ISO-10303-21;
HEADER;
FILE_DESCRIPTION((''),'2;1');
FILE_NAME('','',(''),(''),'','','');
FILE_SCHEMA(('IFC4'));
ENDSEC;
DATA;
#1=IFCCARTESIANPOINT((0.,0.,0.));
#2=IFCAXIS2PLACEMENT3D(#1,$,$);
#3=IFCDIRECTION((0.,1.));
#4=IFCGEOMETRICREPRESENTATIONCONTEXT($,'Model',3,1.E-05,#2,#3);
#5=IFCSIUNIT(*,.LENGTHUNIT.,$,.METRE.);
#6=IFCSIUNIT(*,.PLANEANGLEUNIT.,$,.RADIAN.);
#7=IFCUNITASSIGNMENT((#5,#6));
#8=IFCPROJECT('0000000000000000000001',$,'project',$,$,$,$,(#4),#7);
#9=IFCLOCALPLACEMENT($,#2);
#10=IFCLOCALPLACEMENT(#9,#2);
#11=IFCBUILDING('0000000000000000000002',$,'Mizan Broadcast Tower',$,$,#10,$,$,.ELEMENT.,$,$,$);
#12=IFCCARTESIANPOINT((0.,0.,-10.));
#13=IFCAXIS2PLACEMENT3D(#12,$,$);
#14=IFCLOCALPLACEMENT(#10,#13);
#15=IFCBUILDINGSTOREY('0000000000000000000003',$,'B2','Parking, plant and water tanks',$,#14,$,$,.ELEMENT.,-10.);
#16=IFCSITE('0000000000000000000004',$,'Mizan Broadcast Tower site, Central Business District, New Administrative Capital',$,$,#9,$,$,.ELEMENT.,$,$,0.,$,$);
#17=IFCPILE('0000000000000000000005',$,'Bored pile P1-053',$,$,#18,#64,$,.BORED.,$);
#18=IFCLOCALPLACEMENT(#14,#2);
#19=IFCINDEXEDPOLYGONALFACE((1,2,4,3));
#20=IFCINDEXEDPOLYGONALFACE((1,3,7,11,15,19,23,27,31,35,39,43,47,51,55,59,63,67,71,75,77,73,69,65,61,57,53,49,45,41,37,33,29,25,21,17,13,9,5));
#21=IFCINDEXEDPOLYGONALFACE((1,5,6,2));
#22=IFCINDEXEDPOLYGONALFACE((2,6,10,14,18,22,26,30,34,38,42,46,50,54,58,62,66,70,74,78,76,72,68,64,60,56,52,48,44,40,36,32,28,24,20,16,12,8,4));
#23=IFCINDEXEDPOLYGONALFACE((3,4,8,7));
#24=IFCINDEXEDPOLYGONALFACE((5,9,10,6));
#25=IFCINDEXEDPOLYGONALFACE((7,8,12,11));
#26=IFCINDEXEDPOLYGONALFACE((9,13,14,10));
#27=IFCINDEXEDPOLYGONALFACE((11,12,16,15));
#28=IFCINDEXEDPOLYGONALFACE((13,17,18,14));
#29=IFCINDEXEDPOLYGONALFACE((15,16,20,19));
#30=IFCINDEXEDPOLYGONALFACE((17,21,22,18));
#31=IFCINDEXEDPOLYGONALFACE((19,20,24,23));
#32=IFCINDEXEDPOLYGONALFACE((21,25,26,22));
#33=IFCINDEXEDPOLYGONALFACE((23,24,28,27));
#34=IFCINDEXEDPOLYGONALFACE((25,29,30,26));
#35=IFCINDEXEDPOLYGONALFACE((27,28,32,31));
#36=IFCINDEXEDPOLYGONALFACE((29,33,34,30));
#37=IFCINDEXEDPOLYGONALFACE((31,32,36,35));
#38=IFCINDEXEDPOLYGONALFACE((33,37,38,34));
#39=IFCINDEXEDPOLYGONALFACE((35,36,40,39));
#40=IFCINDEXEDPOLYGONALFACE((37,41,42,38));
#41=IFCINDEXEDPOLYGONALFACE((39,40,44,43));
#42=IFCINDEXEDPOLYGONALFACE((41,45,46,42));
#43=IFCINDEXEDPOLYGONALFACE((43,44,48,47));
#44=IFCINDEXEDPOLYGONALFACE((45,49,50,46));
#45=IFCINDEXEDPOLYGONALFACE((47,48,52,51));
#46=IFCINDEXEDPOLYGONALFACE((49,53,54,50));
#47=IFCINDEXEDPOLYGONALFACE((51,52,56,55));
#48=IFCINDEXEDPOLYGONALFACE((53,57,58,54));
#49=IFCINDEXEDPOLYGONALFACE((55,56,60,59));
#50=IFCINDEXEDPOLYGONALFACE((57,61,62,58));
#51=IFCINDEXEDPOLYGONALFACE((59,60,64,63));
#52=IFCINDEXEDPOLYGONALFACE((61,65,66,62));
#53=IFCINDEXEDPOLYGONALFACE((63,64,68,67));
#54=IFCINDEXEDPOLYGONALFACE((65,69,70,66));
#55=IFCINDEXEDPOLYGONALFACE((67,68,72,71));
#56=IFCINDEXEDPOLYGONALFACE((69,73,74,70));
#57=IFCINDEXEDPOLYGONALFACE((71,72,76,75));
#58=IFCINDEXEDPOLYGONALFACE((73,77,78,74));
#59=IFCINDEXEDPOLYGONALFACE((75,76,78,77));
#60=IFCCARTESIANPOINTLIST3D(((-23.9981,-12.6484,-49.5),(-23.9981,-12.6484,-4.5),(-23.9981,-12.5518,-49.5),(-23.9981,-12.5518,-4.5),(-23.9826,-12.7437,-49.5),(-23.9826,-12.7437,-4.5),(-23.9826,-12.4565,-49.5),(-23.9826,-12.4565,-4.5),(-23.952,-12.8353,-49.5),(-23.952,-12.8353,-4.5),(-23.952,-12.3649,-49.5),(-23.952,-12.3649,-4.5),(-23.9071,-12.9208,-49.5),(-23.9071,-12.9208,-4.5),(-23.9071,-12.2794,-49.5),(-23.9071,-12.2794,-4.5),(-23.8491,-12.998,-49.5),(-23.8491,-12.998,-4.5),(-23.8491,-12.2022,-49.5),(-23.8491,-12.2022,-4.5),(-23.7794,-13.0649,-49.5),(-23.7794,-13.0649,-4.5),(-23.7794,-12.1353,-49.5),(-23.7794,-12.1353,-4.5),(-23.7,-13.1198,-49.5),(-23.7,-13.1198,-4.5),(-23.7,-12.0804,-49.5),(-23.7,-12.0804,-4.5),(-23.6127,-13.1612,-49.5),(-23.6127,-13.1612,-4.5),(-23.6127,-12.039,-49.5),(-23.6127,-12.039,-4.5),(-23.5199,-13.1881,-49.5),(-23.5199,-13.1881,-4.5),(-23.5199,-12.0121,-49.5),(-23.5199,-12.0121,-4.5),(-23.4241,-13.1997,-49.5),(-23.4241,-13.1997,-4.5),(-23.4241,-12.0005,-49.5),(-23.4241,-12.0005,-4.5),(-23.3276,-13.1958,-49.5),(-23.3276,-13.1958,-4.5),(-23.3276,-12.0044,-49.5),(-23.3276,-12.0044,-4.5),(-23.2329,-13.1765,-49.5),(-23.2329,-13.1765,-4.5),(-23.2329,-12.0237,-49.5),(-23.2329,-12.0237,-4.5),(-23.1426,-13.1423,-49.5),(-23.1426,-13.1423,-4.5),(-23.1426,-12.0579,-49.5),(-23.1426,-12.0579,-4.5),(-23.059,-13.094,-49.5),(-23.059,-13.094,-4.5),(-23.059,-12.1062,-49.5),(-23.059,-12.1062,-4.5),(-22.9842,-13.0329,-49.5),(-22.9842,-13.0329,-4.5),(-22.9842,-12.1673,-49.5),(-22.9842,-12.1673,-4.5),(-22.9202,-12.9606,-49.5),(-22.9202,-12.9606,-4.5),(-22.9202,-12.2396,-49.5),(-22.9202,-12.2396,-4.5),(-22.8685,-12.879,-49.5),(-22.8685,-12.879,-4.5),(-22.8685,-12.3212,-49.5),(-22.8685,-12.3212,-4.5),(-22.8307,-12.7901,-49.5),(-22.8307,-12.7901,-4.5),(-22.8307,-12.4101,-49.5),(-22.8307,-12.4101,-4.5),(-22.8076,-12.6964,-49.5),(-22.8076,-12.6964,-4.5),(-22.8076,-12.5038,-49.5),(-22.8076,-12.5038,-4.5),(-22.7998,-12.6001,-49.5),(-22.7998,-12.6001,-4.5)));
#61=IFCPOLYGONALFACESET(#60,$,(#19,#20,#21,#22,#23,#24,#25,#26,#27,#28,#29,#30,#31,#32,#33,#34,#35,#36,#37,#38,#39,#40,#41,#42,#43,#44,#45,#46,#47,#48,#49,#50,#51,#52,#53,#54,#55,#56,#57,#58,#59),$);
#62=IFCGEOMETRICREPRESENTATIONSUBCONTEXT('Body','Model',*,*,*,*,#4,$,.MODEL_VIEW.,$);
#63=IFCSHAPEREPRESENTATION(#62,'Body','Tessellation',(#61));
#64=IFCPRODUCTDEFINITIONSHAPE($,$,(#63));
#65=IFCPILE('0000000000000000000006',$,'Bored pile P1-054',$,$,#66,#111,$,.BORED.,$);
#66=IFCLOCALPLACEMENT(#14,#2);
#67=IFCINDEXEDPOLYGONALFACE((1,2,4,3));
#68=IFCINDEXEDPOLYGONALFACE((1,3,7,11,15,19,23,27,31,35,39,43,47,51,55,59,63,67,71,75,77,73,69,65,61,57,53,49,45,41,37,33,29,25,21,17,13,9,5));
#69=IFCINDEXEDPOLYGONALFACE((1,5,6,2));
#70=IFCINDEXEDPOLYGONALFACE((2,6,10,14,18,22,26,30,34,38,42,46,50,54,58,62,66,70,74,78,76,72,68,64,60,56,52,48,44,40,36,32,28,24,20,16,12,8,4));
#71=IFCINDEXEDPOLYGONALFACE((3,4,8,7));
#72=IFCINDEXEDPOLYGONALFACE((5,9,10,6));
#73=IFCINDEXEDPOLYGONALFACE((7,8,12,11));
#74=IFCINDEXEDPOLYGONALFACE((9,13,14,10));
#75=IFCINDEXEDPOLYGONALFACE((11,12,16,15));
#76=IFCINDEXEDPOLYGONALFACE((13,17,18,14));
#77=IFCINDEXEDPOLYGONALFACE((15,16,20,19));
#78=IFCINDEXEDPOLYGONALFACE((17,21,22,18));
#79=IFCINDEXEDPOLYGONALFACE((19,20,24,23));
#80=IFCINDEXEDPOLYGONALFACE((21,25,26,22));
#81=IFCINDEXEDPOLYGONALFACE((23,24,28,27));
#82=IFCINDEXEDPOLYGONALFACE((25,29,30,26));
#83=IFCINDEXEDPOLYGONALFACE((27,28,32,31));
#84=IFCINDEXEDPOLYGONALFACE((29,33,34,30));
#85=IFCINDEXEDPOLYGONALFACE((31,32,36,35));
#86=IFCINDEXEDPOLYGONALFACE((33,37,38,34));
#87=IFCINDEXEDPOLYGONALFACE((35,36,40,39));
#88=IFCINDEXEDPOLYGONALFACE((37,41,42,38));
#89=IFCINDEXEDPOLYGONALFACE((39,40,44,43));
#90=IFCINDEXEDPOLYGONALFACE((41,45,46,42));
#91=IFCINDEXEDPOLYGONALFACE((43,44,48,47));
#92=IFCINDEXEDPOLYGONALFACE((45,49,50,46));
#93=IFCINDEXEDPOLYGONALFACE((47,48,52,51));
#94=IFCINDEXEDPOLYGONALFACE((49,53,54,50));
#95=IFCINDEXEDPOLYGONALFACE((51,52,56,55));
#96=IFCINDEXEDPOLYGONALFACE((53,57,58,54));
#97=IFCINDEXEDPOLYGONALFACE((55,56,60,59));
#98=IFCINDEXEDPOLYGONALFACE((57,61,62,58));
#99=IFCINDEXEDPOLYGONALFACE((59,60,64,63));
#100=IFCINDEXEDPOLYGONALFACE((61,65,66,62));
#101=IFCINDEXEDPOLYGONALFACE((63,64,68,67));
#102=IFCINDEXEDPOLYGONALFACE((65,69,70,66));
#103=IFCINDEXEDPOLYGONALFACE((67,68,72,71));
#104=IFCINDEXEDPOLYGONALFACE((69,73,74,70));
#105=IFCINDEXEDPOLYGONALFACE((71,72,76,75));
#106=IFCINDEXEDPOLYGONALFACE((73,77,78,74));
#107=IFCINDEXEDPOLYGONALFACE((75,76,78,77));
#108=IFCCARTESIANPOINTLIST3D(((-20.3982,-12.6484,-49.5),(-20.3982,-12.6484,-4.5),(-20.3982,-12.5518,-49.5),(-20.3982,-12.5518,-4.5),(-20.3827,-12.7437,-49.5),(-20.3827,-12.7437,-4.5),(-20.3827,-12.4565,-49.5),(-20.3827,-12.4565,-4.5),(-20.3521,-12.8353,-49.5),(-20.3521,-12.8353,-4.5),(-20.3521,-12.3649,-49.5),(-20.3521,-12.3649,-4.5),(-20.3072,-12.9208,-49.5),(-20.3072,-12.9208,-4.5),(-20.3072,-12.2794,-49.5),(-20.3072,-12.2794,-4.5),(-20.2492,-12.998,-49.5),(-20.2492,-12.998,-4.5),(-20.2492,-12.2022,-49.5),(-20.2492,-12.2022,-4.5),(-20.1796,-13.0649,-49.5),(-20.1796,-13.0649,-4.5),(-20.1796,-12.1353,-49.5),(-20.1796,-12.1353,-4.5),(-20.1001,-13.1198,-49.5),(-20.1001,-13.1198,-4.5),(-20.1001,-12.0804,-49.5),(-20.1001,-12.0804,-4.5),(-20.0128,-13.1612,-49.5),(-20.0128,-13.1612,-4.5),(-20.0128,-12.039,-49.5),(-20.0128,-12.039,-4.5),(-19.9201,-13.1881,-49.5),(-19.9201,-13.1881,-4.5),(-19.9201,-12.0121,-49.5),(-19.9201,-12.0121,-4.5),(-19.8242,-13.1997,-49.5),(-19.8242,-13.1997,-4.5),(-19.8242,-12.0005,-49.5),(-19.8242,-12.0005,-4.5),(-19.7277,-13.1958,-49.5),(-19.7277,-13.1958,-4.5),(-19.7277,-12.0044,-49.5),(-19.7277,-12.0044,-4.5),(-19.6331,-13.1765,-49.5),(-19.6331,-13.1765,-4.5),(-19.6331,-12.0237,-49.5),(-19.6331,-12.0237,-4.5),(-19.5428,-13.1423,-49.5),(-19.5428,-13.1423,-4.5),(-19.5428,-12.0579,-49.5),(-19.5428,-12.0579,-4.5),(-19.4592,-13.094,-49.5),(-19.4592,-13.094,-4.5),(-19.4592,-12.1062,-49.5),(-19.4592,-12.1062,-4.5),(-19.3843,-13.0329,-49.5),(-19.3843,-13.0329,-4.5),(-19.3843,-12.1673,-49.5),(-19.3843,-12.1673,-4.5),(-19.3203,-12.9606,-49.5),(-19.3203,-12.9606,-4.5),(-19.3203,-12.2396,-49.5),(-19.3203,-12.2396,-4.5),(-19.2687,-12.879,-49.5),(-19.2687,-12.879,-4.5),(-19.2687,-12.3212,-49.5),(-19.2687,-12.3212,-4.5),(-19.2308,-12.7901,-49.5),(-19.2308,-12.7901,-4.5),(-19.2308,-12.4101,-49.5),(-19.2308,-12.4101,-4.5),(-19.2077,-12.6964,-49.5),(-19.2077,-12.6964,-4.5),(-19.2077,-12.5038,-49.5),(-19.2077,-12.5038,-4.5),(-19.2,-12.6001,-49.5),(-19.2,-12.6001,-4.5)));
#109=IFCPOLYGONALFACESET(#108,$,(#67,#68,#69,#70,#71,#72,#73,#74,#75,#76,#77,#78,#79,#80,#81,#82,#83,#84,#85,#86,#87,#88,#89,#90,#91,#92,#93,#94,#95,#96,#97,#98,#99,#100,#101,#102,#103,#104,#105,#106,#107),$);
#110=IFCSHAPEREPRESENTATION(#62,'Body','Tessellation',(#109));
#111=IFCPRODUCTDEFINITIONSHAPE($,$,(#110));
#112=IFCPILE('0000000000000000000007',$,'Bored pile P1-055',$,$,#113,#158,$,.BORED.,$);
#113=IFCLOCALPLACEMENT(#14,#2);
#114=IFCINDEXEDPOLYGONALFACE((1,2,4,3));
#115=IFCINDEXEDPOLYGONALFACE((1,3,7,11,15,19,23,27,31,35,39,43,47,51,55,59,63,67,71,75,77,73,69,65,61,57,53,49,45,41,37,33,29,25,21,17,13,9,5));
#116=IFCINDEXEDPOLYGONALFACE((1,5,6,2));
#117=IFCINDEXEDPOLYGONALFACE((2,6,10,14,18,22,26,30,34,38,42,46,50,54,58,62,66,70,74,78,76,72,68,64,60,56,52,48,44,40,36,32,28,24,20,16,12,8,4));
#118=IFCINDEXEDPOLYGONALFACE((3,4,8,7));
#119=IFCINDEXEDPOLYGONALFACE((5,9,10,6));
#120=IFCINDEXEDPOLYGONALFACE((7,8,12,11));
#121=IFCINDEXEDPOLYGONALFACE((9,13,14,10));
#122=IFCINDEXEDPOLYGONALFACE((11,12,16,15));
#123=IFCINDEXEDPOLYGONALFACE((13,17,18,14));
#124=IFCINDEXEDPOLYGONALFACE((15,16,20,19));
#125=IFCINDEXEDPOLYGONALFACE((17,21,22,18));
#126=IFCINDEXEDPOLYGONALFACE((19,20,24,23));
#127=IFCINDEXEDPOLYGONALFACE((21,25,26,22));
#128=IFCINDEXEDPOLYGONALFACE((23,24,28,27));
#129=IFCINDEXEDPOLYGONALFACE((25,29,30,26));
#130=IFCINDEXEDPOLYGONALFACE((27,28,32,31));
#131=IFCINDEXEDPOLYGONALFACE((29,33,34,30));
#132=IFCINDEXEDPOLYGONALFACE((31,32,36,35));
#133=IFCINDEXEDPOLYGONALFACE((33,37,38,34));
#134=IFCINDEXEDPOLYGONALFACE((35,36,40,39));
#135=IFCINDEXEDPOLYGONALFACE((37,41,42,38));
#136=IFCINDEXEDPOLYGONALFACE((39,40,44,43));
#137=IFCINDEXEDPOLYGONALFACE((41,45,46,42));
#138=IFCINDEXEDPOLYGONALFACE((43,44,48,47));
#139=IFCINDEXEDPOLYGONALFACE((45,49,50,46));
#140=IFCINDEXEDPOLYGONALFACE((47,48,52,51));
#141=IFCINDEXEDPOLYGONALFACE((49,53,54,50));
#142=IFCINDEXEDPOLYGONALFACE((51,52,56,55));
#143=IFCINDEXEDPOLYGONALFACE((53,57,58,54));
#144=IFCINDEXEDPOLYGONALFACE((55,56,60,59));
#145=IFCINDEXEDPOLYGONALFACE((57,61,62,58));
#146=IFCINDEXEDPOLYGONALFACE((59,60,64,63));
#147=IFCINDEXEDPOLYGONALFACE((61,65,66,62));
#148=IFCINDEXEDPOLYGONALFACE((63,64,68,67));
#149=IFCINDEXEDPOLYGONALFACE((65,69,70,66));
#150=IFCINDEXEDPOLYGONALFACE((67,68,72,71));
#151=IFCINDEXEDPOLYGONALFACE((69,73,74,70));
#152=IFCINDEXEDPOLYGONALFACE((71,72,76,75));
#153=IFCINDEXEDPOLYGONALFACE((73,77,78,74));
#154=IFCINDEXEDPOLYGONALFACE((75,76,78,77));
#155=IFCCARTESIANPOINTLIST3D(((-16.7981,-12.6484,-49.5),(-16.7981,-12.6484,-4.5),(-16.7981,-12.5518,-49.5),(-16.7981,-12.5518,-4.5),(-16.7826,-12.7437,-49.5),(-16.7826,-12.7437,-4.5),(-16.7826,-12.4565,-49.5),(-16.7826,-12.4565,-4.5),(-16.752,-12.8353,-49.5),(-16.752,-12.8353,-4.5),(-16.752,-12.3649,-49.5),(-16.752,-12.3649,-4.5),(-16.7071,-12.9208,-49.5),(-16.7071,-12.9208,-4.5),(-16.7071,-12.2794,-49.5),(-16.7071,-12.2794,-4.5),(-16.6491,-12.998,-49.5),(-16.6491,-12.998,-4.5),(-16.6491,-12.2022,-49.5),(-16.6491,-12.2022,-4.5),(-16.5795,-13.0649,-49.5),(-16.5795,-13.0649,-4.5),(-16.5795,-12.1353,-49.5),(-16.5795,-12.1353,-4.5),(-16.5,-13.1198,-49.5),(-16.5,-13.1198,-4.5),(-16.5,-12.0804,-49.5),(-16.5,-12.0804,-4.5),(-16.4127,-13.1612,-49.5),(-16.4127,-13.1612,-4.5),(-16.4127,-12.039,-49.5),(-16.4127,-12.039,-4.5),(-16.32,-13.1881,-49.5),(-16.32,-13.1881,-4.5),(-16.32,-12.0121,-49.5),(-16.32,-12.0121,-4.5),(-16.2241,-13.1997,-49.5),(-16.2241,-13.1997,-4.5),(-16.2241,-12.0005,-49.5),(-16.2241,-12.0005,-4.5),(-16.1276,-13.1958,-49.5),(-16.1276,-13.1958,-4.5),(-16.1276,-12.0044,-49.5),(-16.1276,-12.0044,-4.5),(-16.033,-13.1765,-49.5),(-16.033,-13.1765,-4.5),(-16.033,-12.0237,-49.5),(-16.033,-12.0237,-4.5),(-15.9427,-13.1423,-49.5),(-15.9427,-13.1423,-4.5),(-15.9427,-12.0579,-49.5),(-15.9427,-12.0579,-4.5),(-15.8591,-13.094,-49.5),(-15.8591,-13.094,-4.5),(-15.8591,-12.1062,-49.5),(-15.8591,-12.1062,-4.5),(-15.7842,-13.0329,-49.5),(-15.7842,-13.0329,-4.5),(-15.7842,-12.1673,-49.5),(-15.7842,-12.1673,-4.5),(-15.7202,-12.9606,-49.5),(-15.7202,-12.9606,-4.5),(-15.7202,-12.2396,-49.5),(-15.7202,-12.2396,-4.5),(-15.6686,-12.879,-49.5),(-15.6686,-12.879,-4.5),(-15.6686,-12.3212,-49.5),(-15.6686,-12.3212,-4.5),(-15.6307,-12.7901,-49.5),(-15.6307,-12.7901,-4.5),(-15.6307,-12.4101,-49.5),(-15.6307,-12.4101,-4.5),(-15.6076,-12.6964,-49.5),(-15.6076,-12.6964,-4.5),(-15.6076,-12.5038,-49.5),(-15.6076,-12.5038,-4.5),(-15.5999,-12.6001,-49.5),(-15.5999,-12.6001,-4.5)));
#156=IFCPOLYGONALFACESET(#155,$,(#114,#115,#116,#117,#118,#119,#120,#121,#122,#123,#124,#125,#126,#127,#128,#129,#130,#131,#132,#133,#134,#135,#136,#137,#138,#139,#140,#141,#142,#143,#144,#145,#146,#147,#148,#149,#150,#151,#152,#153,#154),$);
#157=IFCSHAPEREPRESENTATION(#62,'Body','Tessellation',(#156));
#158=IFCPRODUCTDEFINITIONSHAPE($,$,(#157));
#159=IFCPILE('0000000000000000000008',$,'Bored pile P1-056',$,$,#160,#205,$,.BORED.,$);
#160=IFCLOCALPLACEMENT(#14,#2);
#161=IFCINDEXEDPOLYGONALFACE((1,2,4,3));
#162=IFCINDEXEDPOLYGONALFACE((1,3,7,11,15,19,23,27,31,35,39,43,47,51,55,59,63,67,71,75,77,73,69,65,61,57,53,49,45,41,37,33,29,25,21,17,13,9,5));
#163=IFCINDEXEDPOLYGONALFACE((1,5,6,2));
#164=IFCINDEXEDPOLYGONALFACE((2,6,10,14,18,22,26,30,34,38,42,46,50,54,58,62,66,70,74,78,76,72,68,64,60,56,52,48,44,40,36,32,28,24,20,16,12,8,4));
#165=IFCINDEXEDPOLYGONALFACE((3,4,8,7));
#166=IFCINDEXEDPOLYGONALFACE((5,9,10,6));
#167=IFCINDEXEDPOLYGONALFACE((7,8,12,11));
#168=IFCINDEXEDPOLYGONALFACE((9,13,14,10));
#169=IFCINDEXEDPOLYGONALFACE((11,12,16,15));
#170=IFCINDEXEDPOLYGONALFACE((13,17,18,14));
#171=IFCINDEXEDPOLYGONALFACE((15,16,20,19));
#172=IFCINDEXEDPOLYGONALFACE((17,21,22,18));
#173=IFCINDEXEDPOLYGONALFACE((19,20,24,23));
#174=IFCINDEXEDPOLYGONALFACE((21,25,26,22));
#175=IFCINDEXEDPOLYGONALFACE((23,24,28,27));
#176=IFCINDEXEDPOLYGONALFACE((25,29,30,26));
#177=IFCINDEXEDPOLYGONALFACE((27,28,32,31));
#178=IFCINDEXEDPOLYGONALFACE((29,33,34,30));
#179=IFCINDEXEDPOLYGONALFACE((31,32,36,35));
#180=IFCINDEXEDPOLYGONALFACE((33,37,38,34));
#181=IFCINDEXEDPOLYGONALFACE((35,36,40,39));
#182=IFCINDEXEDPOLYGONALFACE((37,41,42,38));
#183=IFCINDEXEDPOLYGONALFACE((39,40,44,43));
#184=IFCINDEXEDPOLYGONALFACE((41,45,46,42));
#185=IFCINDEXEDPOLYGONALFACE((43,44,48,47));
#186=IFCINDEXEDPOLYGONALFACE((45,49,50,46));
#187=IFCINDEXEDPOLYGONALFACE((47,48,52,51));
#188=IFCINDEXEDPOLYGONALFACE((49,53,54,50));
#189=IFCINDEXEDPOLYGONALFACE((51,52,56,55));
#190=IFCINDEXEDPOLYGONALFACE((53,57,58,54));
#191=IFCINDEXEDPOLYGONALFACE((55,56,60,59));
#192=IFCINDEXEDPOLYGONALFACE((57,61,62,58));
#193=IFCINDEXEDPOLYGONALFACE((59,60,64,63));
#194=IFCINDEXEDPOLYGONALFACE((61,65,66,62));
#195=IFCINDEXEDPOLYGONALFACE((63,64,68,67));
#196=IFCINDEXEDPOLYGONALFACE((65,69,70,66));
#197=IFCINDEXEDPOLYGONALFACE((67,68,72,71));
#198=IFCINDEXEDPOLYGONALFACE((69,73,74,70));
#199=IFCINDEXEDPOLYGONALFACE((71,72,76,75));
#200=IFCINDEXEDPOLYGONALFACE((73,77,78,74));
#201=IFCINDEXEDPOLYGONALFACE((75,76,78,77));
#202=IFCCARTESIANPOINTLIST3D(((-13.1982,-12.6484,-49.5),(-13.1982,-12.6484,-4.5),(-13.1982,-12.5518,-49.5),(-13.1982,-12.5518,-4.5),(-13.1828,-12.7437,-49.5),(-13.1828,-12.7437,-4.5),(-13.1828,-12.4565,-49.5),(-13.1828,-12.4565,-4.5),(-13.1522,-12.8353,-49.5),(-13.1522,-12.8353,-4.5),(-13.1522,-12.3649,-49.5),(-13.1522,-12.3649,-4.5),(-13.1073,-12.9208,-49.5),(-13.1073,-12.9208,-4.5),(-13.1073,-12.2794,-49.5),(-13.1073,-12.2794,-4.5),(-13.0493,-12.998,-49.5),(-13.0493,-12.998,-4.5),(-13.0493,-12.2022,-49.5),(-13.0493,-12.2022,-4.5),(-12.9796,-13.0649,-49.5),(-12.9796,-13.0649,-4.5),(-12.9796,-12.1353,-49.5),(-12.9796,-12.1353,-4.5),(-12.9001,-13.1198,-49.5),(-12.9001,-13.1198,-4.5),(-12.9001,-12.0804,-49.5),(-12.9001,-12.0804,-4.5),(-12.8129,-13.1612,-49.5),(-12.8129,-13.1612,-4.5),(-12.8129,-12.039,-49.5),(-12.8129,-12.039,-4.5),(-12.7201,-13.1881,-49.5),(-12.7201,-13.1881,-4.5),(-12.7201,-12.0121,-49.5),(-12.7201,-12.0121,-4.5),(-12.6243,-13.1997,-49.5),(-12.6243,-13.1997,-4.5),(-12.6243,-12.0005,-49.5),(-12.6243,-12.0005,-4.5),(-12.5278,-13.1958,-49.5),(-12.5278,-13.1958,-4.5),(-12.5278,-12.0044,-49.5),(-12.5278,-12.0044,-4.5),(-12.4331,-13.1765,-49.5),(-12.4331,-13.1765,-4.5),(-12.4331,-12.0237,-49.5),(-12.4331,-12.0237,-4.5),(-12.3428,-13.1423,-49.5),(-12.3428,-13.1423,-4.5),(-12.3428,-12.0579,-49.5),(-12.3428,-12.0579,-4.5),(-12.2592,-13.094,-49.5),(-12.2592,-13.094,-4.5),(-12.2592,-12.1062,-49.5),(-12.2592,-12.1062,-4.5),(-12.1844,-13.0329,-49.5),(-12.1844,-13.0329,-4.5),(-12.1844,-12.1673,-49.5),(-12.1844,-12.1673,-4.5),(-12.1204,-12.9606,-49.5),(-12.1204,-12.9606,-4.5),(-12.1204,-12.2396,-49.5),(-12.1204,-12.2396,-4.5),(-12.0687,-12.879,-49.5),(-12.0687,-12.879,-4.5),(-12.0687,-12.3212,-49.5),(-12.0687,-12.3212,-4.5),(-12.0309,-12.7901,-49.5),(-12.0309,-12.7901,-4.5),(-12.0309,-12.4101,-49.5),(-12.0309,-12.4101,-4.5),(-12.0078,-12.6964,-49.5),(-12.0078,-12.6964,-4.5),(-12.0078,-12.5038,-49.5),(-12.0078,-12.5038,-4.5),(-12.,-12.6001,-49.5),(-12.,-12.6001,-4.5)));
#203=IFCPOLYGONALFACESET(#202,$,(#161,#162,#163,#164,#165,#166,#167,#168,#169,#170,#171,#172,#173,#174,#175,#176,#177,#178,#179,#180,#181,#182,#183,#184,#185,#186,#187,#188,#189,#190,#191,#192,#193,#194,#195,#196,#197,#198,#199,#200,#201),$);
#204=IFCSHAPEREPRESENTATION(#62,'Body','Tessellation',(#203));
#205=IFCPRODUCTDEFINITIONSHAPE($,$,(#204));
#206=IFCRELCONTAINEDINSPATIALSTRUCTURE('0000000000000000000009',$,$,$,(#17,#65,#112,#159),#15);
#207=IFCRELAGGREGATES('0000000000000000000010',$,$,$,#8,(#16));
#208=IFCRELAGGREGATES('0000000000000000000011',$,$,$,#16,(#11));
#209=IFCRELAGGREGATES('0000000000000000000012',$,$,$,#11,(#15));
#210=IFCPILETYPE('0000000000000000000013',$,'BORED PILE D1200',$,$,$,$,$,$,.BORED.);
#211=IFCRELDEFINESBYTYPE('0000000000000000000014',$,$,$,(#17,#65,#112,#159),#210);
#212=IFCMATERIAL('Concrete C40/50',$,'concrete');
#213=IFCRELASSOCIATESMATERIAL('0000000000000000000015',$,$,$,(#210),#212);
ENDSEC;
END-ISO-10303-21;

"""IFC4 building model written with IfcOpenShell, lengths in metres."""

from ifc_helpers import new_model, si_unit, direction, frame, origin, origin_2d, place, context, subcontext, project, spatial, circle, extrude, material, material_profile, profile_set, type_object, element, save


model = new_model("IFC4")

# Units and contexts
model_context = context("Model", 3, precision=1e-05, world=origin(), true_north=direction((0.0, 1.0)))
body_context = subcontext(model_context, "Body", "Model", "MODEL_VIEW")
ifc_project = project(units=[si_unit("LENGTHUNIT", "METRE"), si_unit("PLANEANGLEUNIT", "RADIAN")], contexts=[model_context])

# Site, building, storey
site_placement = place(None, origin())
site = spatial("IfcSite", under=ifc_project, at=site_placement, Name="Mizan Broadcast Tower site, Central Business District, New Administrative Capital", CompositionType="ELEMENT", RefElevation=0.0)
building_placement = place(site_placement, origin())
building = spatial("IfcBuilding", under=site, at=building_placement, Name="Mizan Broadcast Tower", CompositionType="ELEMENT")
storey_placement = place(building_placement, frame((0.0, 0.0, -10.0)))
storey = spatial("IfcBuildingStorey", under=building, at=storey_placement, Name="B2", Description="Parking, plant and water tanks", CompositionType="ELEMENT", Elevation=-10.0)

# Piles
ifc_material_1 = material(Name="Concrete C40/50", Category="concrete")
ifc_material_profile_1 = material_profile(ifc_material_1, circle(Radius=0.6001, at=origin_2d()), Name="D1200")
ifc_profile_set_1 = profile_set([ifc_material_profile_1], Name="Concrete C40/50")
pile_type_1 = type_object("IfcPileType", Name="BORED PILE D1200", PredefinedType="BORED", material=ifc_profile_set_1)
for number, where, z_axis, x_axis, name in (
    (1, (-23.3999, -12.6001, -4.5), (0.0, 0.0, -1.0), (1.0, 0.0, 0.0), "Bored pile P1-053"),
    (2, (-19.8, -12.6001, -4.5), (0.0, 0.0, -1.0), (1.0, 0.0, 0.0), "Bored pile P1-054"),
    (3, (-16.2, -12.6001, -4.5), (0.0, 0.0, -1.0), (1.0, 0.0, 0.0), "Bored pile P1-055"),
    (4, (-12.6001, -12.6001, -4.5), (0.0, 0.0, -1.0), (1.0, 0.0, 0.0), "Bored pile P1-056"),
):
    element("IfcPile", number, at=place(storey_placement, frame(where, z_axis=z_axis, x_axis=x_axis)), inside=storey, type_object=pile_type_1, Name=name, PredefinedType="BORED", context=body_context, shape_type="SweptSolid", body=[
        extrude(circle(Radius=0.6001, at=origin_2d()), origin(), (0.0, 0.0, 1.0), 45.0),
    ])

save(model, "model.ifc")
